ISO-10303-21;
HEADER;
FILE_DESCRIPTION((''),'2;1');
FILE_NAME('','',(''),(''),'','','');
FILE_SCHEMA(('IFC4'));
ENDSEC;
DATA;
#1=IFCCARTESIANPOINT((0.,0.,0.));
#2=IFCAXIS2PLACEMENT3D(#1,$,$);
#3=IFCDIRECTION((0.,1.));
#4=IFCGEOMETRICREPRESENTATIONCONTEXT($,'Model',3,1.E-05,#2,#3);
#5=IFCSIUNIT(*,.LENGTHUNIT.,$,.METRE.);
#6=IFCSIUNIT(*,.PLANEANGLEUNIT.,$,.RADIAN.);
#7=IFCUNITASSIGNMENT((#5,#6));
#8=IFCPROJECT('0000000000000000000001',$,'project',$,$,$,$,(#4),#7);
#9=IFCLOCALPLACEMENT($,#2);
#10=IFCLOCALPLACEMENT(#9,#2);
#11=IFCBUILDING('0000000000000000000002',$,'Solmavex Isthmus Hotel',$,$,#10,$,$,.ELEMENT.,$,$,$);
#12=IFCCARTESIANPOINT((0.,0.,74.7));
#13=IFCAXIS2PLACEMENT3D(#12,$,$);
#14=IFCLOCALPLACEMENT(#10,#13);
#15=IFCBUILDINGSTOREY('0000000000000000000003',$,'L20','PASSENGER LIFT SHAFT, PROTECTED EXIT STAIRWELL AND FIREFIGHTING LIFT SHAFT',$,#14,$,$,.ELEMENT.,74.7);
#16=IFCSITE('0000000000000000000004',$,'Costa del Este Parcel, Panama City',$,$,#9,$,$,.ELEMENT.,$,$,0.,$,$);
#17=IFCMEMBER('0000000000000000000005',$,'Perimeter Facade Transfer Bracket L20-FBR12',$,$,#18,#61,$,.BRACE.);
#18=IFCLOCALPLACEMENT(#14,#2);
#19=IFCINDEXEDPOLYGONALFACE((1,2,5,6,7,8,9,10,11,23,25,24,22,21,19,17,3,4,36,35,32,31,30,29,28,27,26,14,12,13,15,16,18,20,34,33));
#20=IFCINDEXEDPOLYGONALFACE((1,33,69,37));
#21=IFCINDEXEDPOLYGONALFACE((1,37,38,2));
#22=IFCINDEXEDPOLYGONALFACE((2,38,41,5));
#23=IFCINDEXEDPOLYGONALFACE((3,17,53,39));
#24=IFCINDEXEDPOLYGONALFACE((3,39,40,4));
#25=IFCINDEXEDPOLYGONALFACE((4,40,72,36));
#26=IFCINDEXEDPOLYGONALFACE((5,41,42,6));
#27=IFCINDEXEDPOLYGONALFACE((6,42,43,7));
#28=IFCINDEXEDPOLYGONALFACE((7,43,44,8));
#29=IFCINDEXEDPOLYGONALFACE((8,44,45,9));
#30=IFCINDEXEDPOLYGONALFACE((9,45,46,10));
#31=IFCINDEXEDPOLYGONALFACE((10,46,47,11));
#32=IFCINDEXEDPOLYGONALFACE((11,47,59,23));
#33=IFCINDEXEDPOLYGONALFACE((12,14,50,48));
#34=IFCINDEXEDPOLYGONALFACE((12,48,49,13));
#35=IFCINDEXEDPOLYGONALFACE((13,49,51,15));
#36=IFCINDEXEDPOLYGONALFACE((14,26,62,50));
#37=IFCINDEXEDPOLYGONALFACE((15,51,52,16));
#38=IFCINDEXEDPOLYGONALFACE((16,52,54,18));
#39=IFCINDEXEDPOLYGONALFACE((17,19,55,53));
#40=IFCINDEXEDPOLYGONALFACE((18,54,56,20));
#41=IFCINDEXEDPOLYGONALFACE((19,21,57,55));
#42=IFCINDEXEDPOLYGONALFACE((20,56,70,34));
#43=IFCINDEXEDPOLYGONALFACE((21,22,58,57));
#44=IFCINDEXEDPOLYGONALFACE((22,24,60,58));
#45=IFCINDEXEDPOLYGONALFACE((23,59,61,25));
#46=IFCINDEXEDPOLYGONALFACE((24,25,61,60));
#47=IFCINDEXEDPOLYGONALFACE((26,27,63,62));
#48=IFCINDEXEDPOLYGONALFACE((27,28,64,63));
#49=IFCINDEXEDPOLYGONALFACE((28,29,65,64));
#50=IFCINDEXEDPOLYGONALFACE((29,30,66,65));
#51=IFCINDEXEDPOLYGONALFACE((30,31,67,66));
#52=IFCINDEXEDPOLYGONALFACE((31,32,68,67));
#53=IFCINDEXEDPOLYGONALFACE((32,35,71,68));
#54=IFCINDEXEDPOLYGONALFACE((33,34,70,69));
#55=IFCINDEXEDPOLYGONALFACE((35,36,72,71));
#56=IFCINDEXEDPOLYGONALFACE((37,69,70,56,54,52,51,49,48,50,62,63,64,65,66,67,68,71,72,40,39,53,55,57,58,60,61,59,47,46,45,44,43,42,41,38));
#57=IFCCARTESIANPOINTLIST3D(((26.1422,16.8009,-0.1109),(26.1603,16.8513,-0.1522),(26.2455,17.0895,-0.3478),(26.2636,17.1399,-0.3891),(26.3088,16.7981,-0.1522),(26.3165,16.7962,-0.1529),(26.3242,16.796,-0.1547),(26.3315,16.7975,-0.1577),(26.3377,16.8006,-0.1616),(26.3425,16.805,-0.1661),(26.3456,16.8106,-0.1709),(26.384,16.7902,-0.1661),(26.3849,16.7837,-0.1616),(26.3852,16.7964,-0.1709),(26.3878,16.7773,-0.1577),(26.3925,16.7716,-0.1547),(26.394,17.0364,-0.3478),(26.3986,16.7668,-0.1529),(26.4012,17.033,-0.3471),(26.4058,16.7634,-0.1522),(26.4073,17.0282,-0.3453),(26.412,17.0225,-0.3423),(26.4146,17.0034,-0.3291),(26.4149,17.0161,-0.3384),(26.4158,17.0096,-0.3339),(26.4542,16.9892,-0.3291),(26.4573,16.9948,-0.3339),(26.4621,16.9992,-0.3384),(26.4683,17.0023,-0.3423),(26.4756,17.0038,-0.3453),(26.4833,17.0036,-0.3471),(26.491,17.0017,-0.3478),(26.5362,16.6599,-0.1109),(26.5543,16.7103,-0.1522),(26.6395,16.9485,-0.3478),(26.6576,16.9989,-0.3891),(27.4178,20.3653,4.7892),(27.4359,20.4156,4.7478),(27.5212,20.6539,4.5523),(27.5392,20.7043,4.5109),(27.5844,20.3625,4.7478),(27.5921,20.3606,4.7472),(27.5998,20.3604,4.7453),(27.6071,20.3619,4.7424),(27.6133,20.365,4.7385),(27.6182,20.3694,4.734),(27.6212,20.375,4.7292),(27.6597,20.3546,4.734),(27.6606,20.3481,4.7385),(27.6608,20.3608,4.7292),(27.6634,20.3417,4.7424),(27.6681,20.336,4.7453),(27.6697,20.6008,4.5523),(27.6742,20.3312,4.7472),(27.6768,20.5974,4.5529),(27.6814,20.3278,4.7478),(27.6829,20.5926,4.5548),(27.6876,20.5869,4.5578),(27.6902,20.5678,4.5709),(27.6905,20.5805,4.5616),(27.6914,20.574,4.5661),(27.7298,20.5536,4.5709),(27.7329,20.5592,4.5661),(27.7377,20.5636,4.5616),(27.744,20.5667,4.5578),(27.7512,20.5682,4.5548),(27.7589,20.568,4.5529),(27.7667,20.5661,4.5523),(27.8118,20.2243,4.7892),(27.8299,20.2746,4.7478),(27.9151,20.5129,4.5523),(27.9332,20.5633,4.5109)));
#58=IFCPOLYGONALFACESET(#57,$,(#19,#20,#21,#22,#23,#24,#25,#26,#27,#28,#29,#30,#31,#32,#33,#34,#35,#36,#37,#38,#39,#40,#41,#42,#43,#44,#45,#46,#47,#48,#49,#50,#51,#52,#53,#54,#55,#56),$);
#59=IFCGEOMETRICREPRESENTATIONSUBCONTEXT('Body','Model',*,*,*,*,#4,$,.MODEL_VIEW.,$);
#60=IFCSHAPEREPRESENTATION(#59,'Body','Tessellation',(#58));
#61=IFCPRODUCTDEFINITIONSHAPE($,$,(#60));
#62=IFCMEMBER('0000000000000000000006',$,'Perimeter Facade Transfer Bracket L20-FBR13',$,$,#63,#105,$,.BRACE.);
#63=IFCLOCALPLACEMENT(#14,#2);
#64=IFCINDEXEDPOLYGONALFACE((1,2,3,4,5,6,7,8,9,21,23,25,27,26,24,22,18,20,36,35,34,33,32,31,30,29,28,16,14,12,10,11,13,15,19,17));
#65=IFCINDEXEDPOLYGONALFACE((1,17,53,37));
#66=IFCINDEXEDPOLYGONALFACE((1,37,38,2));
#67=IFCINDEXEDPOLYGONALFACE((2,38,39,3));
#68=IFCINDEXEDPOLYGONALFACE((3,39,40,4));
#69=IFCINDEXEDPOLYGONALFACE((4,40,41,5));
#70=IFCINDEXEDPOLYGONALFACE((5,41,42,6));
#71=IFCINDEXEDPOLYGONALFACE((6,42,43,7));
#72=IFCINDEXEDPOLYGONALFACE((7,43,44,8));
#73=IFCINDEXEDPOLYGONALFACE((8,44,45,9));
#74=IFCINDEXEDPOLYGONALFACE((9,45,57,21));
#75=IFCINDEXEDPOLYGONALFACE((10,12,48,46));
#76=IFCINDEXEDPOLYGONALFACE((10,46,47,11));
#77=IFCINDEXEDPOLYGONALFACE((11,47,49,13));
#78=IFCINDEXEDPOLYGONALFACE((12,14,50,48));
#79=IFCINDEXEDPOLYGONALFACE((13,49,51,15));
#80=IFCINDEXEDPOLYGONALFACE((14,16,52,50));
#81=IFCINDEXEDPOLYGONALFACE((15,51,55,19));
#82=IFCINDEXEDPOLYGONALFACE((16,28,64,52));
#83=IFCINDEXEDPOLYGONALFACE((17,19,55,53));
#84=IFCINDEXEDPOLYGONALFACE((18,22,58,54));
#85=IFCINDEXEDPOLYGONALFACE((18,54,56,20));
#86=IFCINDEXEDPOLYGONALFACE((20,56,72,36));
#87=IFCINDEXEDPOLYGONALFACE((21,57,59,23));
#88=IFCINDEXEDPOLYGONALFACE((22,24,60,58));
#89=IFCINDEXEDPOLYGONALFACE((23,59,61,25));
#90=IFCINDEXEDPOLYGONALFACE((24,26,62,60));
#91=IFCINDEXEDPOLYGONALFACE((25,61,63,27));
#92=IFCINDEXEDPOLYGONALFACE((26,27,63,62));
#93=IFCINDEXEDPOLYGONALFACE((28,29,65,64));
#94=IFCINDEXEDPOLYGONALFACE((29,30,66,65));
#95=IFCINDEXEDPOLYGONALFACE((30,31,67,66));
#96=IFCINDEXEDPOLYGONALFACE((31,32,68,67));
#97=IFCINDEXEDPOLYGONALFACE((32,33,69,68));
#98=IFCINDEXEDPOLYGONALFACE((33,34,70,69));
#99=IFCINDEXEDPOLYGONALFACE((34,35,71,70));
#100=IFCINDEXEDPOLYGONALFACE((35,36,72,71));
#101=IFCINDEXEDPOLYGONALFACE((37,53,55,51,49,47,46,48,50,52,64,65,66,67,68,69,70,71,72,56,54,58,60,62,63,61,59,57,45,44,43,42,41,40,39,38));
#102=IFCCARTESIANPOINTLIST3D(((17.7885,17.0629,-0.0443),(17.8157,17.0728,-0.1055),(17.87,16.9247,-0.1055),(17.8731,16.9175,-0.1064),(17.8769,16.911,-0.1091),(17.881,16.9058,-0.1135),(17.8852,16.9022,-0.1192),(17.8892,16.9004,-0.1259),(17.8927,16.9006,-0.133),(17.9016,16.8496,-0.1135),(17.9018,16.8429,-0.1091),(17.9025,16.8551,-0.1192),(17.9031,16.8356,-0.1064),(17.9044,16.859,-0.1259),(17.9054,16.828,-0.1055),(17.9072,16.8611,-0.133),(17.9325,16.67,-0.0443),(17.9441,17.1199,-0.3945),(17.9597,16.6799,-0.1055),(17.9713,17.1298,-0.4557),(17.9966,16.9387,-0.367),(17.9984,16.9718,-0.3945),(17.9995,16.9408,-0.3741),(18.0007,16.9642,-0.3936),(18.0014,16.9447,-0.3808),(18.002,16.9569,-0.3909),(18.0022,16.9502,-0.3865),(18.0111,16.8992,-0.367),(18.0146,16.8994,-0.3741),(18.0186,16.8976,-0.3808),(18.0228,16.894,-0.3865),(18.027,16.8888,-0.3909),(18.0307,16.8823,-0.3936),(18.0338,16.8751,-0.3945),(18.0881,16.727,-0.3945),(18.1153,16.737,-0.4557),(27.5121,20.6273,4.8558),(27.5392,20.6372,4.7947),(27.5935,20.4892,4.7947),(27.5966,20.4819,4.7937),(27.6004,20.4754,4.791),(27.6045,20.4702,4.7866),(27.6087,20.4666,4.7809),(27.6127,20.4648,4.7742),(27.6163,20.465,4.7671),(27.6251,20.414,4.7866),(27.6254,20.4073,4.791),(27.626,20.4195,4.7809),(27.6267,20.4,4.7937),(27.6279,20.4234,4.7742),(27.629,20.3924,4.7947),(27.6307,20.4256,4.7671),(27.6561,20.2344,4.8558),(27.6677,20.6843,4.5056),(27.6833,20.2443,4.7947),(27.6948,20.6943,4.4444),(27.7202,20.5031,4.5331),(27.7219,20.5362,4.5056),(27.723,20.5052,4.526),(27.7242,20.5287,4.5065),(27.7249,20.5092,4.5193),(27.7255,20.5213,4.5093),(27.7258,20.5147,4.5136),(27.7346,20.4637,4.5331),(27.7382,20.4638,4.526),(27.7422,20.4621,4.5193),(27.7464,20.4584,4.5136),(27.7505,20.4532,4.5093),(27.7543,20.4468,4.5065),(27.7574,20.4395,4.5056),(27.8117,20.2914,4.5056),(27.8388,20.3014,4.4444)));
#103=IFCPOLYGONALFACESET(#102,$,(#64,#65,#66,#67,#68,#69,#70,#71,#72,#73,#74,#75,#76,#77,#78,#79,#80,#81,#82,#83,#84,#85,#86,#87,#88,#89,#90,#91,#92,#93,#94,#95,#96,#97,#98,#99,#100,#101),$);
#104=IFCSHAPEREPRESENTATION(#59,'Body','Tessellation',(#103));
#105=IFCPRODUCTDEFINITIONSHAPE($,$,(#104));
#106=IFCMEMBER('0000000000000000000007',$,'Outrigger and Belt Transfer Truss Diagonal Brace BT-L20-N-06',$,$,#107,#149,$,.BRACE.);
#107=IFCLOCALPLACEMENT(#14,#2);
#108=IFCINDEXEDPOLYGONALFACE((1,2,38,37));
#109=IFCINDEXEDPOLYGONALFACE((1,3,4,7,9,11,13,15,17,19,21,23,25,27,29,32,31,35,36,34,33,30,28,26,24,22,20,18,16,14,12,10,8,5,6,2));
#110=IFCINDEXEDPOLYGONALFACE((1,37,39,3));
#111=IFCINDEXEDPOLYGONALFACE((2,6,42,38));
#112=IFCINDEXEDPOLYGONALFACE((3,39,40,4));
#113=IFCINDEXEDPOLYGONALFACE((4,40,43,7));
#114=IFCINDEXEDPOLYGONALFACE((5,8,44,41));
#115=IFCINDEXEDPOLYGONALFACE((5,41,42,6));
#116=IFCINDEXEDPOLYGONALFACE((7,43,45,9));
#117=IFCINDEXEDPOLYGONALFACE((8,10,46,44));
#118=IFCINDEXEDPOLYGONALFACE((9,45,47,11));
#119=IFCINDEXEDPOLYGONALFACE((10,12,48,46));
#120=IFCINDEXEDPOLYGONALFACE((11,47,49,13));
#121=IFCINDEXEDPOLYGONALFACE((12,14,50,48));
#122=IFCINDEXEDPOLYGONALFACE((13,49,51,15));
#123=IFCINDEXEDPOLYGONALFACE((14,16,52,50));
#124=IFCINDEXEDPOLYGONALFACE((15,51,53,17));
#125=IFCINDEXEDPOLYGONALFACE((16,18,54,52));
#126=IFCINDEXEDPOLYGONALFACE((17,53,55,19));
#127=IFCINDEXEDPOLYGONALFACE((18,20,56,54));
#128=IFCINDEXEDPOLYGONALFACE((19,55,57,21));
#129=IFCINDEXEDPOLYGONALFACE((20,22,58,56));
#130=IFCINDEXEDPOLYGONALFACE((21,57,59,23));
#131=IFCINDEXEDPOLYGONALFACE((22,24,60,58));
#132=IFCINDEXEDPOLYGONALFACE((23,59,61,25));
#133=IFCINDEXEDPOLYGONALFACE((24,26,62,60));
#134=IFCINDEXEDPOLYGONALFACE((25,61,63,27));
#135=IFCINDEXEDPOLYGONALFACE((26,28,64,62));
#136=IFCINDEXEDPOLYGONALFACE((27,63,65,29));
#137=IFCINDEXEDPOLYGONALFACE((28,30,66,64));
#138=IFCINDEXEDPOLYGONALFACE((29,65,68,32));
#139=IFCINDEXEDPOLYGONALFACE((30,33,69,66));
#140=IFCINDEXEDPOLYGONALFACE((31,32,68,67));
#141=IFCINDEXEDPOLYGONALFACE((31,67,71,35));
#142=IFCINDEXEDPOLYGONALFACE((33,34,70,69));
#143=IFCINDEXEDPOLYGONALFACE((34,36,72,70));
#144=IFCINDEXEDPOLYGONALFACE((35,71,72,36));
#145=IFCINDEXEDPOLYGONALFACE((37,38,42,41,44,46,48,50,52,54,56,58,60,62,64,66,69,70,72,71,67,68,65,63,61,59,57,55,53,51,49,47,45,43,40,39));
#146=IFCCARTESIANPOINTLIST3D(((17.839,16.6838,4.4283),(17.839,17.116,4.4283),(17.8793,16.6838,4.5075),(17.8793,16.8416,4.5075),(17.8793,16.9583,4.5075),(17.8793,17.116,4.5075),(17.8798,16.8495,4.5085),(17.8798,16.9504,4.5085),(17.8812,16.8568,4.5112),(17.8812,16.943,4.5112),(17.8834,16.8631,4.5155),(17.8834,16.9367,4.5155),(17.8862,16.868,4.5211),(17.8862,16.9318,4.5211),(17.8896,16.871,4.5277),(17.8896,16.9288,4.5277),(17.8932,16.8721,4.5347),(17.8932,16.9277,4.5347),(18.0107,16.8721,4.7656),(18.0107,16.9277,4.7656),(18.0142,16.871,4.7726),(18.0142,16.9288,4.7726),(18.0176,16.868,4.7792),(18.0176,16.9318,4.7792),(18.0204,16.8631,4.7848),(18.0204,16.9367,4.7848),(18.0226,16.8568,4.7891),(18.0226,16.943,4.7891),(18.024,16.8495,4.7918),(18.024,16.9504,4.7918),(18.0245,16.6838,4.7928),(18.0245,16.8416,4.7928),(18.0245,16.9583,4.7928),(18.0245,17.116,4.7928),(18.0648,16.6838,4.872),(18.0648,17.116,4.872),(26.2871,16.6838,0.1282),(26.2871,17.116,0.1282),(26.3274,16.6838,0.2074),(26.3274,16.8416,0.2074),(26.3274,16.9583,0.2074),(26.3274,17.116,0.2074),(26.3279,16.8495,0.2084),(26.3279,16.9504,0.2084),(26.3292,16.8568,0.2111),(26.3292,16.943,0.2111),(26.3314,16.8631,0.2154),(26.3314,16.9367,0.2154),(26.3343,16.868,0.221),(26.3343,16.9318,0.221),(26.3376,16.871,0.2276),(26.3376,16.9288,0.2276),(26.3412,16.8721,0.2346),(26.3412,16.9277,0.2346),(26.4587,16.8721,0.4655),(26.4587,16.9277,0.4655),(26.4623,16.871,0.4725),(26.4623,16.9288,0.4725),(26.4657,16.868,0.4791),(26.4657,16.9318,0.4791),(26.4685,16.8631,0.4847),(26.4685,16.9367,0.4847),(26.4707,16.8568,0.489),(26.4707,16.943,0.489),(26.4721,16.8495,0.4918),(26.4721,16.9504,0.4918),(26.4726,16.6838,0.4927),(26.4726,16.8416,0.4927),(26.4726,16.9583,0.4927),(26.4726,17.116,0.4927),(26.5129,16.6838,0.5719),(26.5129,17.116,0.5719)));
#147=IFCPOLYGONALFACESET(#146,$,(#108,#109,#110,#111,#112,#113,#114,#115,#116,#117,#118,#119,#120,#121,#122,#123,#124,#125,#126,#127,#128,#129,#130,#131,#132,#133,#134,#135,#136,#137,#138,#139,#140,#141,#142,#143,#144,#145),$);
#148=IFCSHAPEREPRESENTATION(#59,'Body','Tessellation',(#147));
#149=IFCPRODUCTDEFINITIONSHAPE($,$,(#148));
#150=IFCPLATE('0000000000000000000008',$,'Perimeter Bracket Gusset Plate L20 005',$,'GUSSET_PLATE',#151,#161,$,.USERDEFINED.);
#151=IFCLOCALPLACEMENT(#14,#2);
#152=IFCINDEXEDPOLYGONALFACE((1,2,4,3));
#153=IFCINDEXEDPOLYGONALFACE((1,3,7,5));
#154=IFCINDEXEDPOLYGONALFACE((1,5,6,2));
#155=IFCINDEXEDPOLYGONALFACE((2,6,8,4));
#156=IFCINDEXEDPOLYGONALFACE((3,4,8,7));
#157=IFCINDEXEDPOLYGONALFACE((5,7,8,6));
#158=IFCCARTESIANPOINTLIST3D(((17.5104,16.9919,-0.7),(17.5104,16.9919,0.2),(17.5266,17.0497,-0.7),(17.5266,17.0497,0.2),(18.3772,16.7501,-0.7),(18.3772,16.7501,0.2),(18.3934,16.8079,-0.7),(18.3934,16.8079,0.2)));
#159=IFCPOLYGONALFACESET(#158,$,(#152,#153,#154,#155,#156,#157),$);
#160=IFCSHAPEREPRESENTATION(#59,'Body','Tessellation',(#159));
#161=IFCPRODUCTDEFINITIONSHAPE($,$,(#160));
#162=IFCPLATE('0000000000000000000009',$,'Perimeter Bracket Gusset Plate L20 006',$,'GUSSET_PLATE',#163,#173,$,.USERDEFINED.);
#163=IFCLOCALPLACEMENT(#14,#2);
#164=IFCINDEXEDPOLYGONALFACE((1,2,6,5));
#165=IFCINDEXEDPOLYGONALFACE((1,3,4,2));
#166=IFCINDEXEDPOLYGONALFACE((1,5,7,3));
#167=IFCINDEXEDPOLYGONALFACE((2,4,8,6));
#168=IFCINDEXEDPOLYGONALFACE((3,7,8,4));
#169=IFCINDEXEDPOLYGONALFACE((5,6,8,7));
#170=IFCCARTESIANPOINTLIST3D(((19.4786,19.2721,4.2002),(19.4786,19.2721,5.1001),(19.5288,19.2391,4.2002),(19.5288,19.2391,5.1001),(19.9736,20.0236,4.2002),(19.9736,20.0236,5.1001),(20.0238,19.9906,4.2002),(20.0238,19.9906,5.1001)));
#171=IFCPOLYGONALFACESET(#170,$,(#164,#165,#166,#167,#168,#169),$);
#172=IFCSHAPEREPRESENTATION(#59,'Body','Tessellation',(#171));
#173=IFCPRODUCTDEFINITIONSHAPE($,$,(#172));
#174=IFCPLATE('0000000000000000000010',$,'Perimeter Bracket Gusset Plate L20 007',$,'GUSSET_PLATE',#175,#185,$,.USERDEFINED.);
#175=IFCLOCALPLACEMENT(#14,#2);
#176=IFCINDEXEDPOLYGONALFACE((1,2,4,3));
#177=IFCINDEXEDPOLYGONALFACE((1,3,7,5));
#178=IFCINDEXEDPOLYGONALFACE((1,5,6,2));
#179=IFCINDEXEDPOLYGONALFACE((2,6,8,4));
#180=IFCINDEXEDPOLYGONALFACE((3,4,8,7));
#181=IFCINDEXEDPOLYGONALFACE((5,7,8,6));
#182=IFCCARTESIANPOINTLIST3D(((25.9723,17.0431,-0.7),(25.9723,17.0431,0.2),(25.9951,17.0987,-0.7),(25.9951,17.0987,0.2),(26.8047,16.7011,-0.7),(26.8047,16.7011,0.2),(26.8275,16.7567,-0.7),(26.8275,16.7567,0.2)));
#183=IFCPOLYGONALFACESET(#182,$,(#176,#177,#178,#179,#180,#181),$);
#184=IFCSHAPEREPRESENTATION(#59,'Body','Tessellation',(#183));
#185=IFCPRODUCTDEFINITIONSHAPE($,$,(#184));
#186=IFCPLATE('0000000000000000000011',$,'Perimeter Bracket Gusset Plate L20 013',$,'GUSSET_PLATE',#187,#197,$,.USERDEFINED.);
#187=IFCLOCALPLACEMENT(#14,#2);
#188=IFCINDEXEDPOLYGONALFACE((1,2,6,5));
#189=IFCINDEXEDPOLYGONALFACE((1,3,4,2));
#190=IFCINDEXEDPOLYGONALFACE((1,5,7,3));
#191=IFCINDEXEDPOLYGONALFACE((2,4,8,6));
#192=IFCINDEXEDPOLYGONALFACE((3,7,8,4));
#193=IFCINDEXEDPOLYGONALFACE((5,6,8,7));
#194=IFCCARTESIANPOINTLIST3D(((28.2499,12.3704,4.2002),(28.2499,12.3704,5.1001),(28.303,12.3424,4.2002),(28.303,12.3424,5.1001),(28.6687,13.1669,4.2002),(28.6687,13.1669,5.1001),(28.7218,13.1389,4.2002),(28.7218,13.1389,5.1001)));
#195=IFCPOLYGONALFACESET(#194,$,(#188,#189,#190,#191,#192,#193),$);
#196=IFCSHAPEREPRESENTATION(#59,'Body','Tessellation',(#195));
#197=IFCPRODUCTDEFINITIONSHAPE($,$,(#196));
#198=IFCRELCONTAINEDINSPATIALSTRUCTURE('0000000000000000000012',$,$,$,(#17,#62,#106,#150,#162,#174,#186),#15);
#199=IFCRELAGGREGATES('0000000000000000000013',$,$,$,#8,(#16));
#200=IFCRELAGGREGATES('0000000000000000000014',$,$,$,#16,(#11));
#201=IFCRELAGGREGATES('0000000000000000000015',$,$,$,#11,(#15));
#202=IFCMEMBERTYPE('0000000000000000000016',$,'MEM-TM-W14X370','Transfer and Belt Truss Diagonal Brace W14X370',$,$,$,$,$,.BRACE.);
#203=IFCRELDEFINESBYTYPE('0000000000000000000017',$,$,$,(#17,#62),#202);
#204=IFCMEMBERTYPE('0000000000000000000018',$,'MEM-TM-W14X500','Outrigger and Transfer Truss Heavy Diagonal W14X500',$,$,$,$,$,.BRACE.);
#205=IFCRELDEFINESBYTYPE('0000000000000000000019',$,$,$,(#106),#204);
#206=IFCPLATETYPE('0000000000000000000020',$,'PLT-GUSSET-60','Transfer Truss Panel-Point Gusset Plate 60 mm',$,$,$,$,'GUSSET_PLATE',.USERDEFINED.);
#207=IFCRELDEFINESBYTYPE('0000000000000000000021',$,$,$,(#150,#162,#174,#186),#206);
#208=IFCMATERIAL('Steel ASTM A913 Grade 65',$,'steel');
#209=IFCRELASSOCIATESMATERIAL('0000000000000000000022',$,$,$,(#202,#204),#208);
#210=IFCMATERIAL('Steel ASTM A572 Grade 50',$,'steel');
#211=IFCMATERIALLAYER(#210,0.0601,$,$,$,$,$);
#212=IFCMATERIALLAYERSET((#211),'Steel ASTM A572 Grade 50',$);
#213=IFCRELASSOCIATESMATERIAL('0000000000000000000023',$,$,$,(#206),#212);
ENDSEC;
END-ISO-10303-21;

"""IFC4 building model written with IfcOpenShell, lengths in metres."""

from ifc_helpers import new_model, si_unit, direction, frame, origin, origin_2d, place, context, subcontext, project, spatial, rectangle, i_section, extrude, material, layer, layer_set, material_profile, profile_set, type_object, element, save


model = new_model("IFC4")

# Units and contexts
model_context = context("Model", 3, precision=1e-05, world=origin(), true_north=direction((0.0, 1.0)))
body_context = subcontext(model_context, "Body", "Model", "MODEL_VIEW")
ifc_project = project(units=[si_unit("LENGTHUNIT", "METRE"), si_unit("PLANEANGLEUNIT", "RADIAN")], contexts=[model_context])

# Site, building, storey
site_placement = place(None, origin())
site = spatial("IfcSite", under=ifc_project, at=site_placement, Name="Costa del Este Parcel, Panama City", CompositionType="ELEMENT", RefElevation=0.0)
building_placement = place(site_placement, origin())
building = spatial("IfcBuilding", under=site, at=building_placement, Name="Solmavex Isthmus Hotel", CompositionType="ELEMENT")
storey_placement = place(building_placement, frame((0.0, 0.0, 74.7)))
storey = spatial("IfcBuildingStorey", under=building, at=storey_placement, Name="L20", Description="PASSENGER LIFT SHAFT, PROTECTED EXIT STAIRWELL AND FIREFIGHTING LIFT SHAFT", CompositionType="ELEMENT", Elevation=74.7)

# Shared definitions
ifc_material_1 = material(Name="Steel ASTM A913 Grade 65", Category="steel")

# Members
ifc_material_profile_1 = material_profile(ifc_material_1, i_section(OverallWidth=0.4185, OverallDepth=0.4551, WebThickness=0.042, FlangeThickness=0.0676, FilletRadius=0.0305, at=origin_2d()), Name="W14X370")
ifc_profile_set_1 = profile_set([ifc_material_profile_1], Name="Steel ASTM A913 Grade 65")
member_type_1 = type_object("IfcMemberType", Name="MEM-TM-W14X370", Description="Transfer and Belt Truss Diagonal Brace W14X370", PredefinedType="BRACE", material=ifc_profile_set_1)
member_1_placement = place(storey_placement, frame((26.3999, 16.8999, -0.25), z_axis=(0.206005, 0.575631, 0.791335), x_axis=(-0.941523, 0.336949, 0.0)))
element("IfcMember", 1, at=member_1_placement, inside=storey, type_object=member_type_1, Name="Perimeter Facade Transfer Bracket L20-FBR12", PredefinedType="BRACE", context=body_context, shape_type="SweptSolid", body=[
    extrude(i_section(OverallWidth=0.4185, OverallDepth=0.4551, WebThickness=0.042, FlangeThickness=0.0676, FilletRadius=0.0305, at=origin_2d()), origin(), (0.0, 0.0, 1.0), 6.1921),
])
member_2_placement = place(storey_placement, frame((17.9519, 16.8999, -0.25), z_axis=(0.848697, 0.311112, 0.427694), x_axis=(-0.34418, 0.938904, 0.0)))
element("IfcMember", 2, at=member_2_placement, inside=storey, type_object=member_type_1, Name="Perimeter Facade Transfer Bracket L20-FBR13", PredefinedType="BRACE", context=body_context, shape_type="SweptSolid", body=[
    extrude(i_section(OverallWidth=0.4185, OverallDepth=0.4551, WebThickness=0.042, FlangeThickness=0.0676, FilletRadius=0.0305, at=origin_2d()), origin(), (0.0, 0.0, 1.0), 11.457),
])
ifc_material_profile_2 = material_profile(ifc_material_1, i_section(OverallWidth=0.4321, OverallDepth=0.4978, WebThickness=0.0557, FlangeThickness=0.0889, FilletRadius=0.0305, at=origin_2d()), Name="W14X500")
ifc_profile_set_2 = profile_set([ifc_material_profile_2], Name="Steel ASTM A913 Grade 65")
member_type_2 = type_object("IfcMemberType", Name="MEM-TM-W14X500", Description="Outrigger and Transfer Truss Heavy Diagonal W14X500", PredefinedType="BRACE", material=ifc_profile_set_2)
member_3_placement = place(storey_placement, frame((17.9519, 16.8999, 4.6501), z_axis=(0.891195, 0.0, -0.45362), x_axis=(0.0, 1.0, 0.0)))
element("IfcMember", 3, at=member_3_placement, inside=storey, type_object=member_type_2, Name="Outrigger and Belt Transfer Truss Diagonal Brace BT-L20-N-06", PredefinedType="BRACE", context=body_context, shape_type="SweptSolid", body=[
    extrude(i_section(OverallWidth=0.4321, OverallDepth=0.4978, WebThickness=0.0557, FlangeThickness=0.0889, FilletRadius=0.0305, at=origin_2d()), origin(), (0.0, 0.0, 1.0), 9.4795),
])

# Plates
ifc_material_2 = material(Name="Steel ASTM A572 Grade 50", Category="steel")
ifc_layer_1 = layer(ifc_material_2, 0.0601)
ifc_layer_set_1 = layer_set([ifc_layer_1], Name="Steel ASTM A572 Grade 50")
plate_type = type_object("IfcPlateType", Name="PLT-GUSSET-60", Description="Transfer Truss Panel-Point Gusset Plate 60 mm", ElementType="GUSSET_PLATE", PredefinedType="USERDEFINED", material=ifc_layer_set_1)
for number, where, z_axis, x_axis, name in (
    (4, (17.9519, 16.8999, -0.7), (0.0, 0.0, 1.0), (-0.963238, 0.268651, 0.0), "Perimeter Bracket Gusset Plate L20 005"),
    (5, (19.7512, 19.6313, 4.2002), (0.0, 0.0, 1.0), (0.550073, 0.835117, 0.0), "Perimeter Bracket Gusset Plate L20 006"),
    (6, (26.3999, 16.8999, -0.7), (0.0, 0.0, 1.0), (-0.924991, 0.379989, 0.0), "Perimeter Bracket Gusset Plate L20 007"),
    (7, (28.4858, 12.7546, 4.2002), (0.0, 0.0, 1.0), (0.465398, 0.885101, 0.0), "Perimeter Bracket Gusset Plate L20 013"),
):
    element("IfcPlate", number, at=place(storey_placement, frame(where, z_axis=z_axis, x_axis=x_axis)), inside=storey, type_object=plate_type, Name=name, ObjectType="GUSSET_PLATE", PredefinedType="USERDEFINED", context=body_context, shape_type="SweptSolid", body=[
        extrude(rectangle(XDim=0.8999, YDim=0.0601, at=origin_2d()), origin(), (0.0, 0.0, 1.0), 0.8999),
    ])

save(model, "model.ifc")
